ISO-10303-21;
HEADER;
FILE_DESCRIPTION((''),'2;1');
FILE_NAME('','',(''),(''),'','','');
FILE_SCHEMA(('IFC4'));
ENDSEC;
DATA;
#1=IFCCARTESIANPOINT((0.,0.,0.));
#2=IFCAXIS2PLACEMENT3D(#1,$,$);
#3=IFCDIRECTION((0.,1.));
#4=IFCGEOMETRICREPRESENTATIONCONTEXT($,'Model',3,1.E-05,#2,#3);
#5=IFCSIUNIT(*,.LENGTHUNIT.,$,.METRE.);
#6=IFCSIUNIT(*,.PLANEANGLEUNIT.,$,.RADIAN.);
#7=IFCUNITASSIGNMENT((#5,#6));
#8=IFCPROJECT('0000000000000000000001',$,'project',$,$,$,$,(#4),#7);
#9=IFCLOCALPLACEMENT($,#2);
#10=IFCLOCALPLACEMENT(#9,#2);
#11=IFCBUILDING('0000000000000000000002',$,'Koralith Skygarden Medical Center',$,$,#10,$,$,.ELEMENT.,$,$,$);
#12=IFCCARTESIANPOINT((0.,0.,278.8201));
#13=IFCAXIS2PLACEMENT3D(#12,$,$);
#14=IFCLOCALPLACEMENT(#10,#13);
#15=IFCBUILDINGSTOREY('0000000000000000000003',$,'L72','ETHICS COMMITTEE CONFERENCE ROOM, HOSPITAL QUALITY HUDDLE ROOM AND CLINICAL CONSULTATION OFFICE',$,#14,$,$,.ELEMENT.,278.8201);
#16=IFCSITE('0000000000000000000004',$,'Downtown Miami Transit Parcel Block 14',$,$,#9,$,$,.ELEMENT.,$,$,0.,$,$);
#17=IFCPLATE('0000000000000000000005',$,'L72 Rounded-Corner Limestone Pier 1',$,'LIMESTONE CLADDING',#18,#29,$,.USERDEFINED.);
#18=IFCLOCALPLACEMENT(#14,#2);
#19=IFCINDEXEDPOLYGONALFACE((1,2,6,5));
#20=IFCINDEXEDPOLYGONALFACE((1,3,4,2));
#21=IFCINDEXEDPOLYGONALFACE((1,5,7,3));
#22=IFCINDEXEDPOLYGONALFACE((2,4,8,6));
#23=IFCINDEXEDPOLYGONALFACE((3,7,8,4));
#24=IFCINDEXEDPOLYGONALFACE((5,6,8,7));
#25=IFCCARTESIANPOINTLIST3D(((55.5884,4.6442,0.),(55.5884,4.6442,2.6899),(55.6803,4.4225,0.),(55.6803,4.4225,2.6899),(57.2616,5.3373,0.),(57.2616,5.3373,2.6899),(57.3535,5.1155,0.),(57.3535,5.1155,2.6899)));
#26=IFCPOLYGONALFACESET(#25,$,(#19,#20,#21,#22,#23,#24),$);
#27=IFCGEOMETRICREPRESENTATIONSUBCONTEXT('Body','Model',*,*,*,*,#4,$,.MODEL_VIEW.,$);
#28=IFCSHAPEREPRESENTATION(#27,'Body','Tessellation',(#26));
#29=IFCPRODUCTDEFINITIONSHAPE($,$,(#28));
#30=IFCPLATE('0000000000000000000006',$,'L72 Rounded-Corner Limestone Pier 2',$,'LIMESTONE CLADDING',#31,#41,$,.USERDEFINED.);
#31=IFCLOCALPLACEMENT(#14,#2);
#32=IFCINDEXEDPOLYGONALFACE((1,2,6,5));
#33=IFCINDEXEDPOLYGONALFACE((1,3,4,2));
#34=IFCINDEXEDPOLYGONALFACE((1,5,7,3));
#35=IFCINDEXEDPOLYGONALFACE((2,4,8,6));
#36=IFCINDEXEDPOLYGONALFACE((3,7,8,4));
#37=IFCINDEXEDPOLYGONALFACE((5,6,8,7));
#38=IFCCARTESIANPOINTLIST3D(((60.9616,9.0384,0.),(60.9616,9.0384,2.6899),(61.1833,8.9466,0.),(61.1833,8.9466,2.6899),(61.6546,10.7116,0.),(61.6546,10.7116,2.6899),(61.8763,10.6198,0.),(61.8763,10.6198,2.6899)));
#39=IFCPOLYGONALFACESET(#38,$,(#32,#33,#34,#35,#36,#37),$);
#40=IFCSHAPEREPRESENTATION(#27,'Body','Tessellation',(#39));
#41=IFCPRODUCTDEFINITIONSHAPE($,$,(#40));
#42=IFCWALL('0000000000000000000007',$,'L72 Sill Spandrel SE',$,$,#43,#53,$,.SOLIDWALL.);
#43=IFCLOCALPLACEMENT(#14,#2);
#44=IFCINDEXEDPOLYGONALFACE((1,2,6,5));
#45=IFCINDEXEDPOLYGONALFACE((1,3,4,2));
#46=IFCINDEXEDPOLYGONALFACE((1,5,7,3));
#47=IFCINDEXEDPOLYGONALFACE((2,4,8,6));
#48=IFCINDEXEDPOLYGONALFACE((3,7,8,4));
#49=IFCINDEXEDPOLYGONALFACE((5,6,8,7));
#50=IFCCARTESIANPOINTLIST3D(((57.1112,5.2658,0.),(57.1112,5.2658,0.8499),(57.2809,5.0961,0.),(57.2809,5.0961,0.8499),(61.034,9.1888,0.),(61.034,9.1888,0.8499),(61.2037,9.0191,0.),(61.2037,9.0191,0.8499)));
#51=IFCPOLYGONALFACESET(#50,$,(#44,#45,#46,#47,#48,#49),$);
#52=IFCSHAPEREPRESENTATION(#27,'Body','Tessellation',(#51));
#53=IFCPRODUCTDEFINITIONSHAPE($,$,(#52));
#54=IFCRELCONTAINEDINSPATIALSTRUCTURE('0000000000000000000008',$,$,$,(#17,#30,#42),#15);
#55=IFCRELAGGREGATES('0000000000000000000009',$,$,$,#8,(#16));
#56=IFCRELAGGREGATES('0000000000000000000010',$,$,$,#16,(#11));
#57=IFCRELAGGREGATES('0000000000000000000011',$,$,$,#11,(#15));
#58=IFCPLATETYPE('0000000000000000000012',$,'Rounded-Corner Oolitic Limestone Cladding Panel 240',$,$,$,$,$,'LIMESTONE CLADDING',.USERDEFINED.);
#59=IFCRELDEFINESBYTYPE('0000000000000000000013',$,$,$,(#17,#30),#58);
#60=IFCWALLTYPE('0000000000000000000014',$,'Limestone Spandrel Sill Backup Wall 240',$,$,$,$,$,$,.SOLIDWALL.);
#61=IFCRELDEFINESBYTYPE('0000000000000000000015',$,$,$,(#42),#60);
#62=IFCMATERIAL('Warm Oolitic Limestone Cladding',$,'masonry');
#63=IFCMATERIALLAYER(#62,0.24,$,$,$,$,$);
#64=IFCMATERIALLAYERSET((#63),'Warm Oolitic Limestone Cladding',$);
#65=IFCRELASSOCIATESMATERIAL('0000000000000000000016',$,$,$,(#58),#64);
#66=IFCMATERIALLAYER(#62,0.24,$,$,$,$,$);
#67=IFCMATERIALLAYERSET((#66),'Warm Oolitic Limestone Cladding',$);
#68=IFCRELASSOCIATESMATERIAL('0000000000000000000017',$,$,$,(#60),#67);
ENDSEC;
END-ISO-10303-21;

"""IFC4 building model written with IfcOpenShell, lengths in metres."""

from ifc_helpers import new_model, si_unit, direction, frame, frame_2d, origin, origin_2d, place, context, subcontext, project, spatial, rectangle, extrude, material, layer, layer_set, type_object, element, save


model = new_model("IFC4")

# Units and contexts
model_context = context("Model", 3, precision=1e-05, world=origin(), true_north=direction((0.0, 1.0)))
body_context = subcontext(model_context, "Body", "Model", "MODEL_VIEW")
ifc_project = project(units=[si_unit("LENGTHUNIT", "METRE"), si_unit("PLANEANGLEUNIT", "RADIAN")], contexts=[model_context])

# Site, building, storey
site_placement = place(None, origin())
site = spatial("IfcSite", under=ifc_project, at=site_placement, Name="Downtown Miami Transit Parcel Block 14", CompositionType="ELEMENT", RefElevation=0.0)
building_placement = place(site_placement, origin())
building = spatial("IfcBuilding", under=site, at=building_placement, Name="Koralith Skygarden Medical Center", CompositionType="ELEMENT")
storey_placement = place(building_placement, frame((0.0, 0.0, 278.8201)))
storey = spatial("IfcBuildingStorey", under=building, at=storey_placement, Name="L72", Description="ETHICS COMMITTEE CONFERENCE ROOM, HOSPITAL QUALITY HUDDLE ROOM AND CLINICAL CONSULTATION OFFICE", CompositionType="ELEMENT", Elevation=278.8201)

# Plates
ifc_material_1 = material(Name="Warm Oolitic Limestone Cladding", Category="masonry")
ifc_layer_1 = layer(ifc_material_1, 0.24)
ifc_layer_set_1 = layer_set([ifc_layer_1], Name="Warm Oolitic Limestone Cladding")
plate_type_1 = type_object("IfcPlateType", Name="Rounded-Corner Oolitic Limestone Cladding Panel 240", ElementType="LIMESTONE CLADDING", PredefinedType="USERDEFINED", material=ifc_layer_set_1)
for number, where, z_axis, x_axis, name in (
    (1, (56.4709, 4.8799, 0.0), (0.0, 0.0, 1.0), (0.923885, 0.382671, 0.0), "L72 Rounded-Corner Limestone Pier 1"),
    (2, (61.4189, 9.8291, 0.0), (0.0, 0.0, 1.0), (0.382671, 0.923885, 0.0), "L72 Rounded-Corner Limestone Pier 2"),
):
    element("IfcPlate", number, at=place(storey_placement, frame(where, z_axis=z_axis, x_axis=x_axis)), inside=storey, type_object=plate_type_1, Name=name, ObjectType="LIMESTONE CLADDING", PredefinedType="USERDEFINED", context=body_context, shape_type="SweptSolid", body=[
        extrude(rectangle(XDim=1.811, YDim=0.24, at=origin_2d()), origin(), (0.0, 0.0, 1.0), 2.6899),
    ])

# Wall
ifc_layer_2 = layer(ifc_material_1, 0.24)
ifc_layer_set_2 = layer_set([ifc_layer_2], Name="Warm Oolitic Limestone Cladding")
wall_type = type_object("IfcWallType", Name="Limestone Spandrel Sill Backup Wall 240", PredefinedType="SOLIDWALL", material=ifc_layer_set_2)
wall_placement = place(storey_placement, frame((57.196, 5.1809, 0.0), z_axis=(0.0, 0.0, 1.0), x_axis=(0.707085, 0.707129, 0.0)))
element("IfcWall", 3, at=wall_placement, inside=storey, type_object=wall_type, Name="L72 Sill Spandrel SE", PredefinedType="SOLIDWALL", context=body_context, shape_type="SweptSolid", body=[
    extrude(rectangle(XDim=5.5479, YDim=0.24, at=frame_2d((2.7739, 0.0))), origin(), (0.0, 0.0, 1.0), 0.8499),
])

save(model, "model.ifc")
